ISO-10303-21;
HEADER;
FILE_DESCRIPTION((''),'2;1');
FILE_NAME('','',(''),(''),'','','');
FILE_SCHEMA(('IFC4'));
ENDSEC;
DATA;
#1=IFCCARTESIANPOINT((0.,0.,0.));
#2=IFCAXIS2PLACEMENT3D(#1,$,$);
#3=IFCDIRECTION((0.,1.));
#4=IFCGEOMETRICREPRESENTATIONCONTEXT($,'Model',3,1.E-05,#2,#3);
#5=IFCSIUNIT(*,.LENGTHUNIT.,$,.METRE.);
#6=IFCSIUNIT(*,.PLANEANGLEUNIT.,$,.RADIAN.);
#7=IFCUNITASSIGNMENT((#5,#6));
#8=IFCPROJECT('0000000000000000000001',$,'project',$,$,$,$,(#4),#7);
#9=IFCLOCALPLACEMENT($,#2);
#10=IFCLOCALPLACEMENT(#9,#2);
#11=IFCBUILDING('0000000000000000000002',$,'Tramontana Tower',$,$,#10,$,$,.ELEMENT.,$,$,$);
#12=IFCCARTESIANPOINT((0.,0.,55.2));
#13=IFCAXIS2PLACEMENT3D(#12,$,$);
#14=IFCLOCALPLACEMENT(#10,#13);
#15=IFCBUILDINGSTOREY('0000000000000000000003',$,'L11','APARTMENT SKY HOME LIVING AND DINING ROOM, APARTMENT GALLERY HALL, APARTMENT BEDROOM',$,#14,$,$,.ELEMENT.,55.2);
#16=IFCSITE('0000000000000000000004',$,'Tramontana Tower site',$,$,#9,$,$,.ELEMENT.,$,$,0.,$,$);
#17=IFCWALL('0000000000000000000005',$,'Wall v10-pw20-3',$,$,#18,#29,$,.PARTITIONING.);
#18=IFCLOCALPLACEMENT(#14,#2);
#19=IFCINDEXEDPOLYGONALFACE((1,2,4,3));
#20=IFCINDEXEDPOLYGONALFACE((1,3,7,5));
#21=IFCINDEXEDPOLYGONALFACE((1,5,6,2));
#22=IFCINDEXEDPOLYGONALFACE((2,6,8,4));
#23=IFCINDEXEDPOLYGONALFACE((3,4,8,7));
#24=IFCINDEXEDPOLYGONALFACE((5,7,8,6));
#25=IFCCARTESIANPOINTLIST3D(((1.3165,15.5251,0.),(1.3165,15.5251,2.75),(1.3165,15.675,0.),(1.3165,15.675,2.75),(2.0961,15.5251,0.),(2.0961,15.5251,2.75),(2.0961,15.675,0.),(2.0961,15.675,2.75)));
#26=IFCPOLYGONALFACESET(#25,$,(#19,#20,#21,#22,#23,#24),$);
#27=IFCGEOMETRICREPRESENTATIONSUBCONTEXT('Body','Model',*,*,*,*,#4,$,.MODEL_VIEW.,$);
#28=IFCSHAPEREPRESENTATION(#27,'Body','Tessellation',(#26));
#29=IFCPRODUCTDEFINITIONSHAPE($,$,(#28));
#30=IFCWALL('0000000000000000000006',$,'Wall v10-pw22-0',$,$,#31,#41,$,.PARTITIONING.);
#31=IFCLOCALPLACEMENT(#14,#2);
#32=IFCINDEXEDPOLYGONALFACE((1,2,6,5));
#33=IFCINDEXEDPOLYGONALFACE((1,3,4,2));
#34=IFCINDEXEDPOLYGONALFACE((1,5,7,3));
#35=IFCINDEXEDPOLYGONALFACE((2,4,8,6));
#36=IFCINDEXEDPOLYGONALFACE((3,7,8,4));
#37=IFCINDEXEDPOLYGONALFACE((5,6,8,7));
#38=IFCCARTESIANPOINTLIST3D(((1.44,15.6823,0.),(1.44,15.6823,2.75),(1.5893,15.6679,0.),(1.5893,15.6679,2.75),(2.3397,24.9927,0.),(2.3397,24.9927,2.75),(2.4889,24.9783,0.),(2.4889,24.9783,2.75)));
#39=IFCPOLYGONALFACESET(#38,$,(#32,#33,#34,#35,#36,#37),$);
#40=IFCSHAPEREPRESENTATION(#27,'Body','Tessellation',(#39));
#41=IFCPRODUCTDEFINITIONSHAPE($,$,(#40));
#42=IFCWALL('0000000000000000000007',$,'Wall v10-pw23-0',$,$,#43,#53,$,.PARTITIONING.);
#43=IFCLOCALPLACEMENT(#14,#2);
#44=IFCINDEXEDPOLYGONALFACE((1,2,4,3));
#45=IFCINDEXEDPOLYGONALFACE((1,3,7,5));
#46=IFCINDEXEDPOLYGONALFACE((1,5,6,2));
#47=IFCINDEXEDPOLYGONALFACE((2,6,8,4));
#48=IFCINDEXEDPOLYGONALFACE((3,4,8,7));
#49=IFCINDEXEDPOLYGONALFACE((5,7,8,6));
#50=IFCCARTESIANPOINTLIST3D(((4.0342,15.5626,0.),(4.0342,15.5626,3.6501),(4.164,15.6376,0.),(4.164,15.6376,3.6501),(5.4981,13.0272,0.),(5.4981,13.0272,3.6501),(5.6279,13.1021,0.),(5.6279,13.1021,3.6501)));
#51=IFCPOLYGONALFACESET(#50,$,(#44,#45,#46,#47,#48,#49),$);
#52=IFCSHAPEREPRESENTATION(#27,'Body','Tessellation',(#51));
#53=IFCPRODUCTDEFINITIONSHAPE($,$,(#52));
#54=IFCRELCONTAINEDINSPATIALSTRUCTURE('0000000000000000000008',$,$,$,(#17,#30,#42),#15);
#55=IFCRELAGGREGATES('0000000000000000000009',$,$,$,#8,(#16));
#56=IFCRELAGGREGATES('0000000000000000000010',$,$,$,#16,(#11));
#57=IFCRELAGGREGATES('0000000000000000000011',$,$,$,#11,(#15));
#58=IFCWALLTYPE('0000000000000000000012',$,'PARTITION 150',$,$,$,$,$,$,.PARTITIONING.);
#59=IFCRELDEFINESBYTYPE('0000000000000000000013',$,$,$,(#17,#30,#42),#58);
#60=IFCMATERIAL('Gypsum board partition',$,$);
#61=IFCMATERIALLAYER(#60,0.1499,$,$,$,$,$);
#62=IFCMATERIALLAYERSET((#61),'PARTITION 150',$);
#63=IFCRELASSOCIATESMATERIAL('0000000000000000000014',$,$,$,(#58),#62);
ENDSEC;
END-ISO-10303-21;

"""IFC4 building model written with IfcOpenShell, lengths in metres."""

from ifc_helpers import new_model, si_unit, direction, frame, frame_2d, origin, place, context, subcontext, project, spatial, rectangle, extrude, material, layer, layer_set, type_object, element, save


model = new_model("IFC4")

# Units and contexts
model_context = context("Model", 3, precision=1e-05, world=origin(), true_north=direction((0.0, 1.0)))
body_context = subcontext(model_context, "Body", "Model", "MODEL_VIEW")
ifc_project = project(units=[si_unit("LENGTHUNIT", "METRE"), si_unit("PLANEANGLEUNIT", "RADIAN")], contexts=[model_context])

# Site, building, storey
site_placement = place(None, origin())
site = spatial("IfcSite", under=ifc_project, at=site_placement, Name="Tramontana Tower site", CompositionType="ELEMENT", RefElevation=0.0)
building_placement = place(site_placement, origin())
building = spatial("IfcBuilding", under=site, at=building_placement, Name="Tramontana Tower", CompositionType="ELEMENT")
storey_placement = place(building_placement, frame((0.0, 0.0, 55.2)))
storey = spatial("IfcBuildingStorey", under=building, at=storey_placement, Name="L11", Description="APARTMENT SKY HOME LIVING AND DINING ROOM, APARTMENT GALLERY HALL, APARTMENT BEDROOM", CompositionType="ELEMENT", Elevation=55.2)

# Wall
ifc_material_1 = material(Name="Gypsum board partition")
ifc_layer_1 = layer(ifc_material_1, 0.1499)
ifc_layer_set_1 = layer_set([ifc_layer_1], Name="PARTITION 150")
wall_type_1 = type_object("IfcWallType", Name="PARTITION 150", PredefinedType="PARTITIONING", material=ifc_layer_set_1)
wall_1_placement = place(storey_placement, frame((1.3167, 15.6001, 0.0), z_axis=(0.0, 0.0, 1.0), x_axis=(1.0, 0.0, 0.0)))
element("IfcWall", 1, at=wall_1_placement, inside=storey, type_object=wall_type_1, Name="Wall v10-pw20-3", PredefinedType="PARTITIONING", context=body_context, shape_type="SweptSolid", body=[
    extrude(rectangle(XDim=0.7795, YDim=0.1499, at=frame_2d((0.3896, 0.0))), origin(), (0.0, 0.0, 1.0), 2.75),
])

# Walls
wall_2_placement = place(storey_placement, frame((2.4143, 24.9854, 0.0), z_axis=(0.0, 0.0, 1.0), x_axis=(-0.096182, -0.995364, 0.0)))
element("IfcWall", 2, at=wall_2_placement, inside=storey, type_object=wall_type_1, Name="Wall v10-pw22-0", PredefinedType="PARTITIONING", context=body_context, shape_type="SweptSolid", body=[
    extrude(rectangle(XDim=9.3538, YDim=0.1499, at=frame_2d((4.6768, 0.0))), origin(), (0.0, 0.0, 1.0), 2.75),
])
wall_3_placement = place(storey_placement, frame((4.0991, 15.6001, 0.0), z_axis=(0.0, 0.0, 1.0), x_axis=(0.500014, -0.866018, 0.0)))
element("IfcWall", 3, at=wall_3_placement, inside=storey, type_object=wall_type_1, Name="Wall v10-pw23-0", PredefinedType="PARTITIONING", context=body_context, shape_type="SweptSolid", body=[
    extrude(rectangle(XDim=2.9277, YDim=0.1499, at=frame_2d((1.4639, 0.0))), origin(), (0.0, 0.0, 1.0), 3.6501),
])

save(model, "model.ifc")
